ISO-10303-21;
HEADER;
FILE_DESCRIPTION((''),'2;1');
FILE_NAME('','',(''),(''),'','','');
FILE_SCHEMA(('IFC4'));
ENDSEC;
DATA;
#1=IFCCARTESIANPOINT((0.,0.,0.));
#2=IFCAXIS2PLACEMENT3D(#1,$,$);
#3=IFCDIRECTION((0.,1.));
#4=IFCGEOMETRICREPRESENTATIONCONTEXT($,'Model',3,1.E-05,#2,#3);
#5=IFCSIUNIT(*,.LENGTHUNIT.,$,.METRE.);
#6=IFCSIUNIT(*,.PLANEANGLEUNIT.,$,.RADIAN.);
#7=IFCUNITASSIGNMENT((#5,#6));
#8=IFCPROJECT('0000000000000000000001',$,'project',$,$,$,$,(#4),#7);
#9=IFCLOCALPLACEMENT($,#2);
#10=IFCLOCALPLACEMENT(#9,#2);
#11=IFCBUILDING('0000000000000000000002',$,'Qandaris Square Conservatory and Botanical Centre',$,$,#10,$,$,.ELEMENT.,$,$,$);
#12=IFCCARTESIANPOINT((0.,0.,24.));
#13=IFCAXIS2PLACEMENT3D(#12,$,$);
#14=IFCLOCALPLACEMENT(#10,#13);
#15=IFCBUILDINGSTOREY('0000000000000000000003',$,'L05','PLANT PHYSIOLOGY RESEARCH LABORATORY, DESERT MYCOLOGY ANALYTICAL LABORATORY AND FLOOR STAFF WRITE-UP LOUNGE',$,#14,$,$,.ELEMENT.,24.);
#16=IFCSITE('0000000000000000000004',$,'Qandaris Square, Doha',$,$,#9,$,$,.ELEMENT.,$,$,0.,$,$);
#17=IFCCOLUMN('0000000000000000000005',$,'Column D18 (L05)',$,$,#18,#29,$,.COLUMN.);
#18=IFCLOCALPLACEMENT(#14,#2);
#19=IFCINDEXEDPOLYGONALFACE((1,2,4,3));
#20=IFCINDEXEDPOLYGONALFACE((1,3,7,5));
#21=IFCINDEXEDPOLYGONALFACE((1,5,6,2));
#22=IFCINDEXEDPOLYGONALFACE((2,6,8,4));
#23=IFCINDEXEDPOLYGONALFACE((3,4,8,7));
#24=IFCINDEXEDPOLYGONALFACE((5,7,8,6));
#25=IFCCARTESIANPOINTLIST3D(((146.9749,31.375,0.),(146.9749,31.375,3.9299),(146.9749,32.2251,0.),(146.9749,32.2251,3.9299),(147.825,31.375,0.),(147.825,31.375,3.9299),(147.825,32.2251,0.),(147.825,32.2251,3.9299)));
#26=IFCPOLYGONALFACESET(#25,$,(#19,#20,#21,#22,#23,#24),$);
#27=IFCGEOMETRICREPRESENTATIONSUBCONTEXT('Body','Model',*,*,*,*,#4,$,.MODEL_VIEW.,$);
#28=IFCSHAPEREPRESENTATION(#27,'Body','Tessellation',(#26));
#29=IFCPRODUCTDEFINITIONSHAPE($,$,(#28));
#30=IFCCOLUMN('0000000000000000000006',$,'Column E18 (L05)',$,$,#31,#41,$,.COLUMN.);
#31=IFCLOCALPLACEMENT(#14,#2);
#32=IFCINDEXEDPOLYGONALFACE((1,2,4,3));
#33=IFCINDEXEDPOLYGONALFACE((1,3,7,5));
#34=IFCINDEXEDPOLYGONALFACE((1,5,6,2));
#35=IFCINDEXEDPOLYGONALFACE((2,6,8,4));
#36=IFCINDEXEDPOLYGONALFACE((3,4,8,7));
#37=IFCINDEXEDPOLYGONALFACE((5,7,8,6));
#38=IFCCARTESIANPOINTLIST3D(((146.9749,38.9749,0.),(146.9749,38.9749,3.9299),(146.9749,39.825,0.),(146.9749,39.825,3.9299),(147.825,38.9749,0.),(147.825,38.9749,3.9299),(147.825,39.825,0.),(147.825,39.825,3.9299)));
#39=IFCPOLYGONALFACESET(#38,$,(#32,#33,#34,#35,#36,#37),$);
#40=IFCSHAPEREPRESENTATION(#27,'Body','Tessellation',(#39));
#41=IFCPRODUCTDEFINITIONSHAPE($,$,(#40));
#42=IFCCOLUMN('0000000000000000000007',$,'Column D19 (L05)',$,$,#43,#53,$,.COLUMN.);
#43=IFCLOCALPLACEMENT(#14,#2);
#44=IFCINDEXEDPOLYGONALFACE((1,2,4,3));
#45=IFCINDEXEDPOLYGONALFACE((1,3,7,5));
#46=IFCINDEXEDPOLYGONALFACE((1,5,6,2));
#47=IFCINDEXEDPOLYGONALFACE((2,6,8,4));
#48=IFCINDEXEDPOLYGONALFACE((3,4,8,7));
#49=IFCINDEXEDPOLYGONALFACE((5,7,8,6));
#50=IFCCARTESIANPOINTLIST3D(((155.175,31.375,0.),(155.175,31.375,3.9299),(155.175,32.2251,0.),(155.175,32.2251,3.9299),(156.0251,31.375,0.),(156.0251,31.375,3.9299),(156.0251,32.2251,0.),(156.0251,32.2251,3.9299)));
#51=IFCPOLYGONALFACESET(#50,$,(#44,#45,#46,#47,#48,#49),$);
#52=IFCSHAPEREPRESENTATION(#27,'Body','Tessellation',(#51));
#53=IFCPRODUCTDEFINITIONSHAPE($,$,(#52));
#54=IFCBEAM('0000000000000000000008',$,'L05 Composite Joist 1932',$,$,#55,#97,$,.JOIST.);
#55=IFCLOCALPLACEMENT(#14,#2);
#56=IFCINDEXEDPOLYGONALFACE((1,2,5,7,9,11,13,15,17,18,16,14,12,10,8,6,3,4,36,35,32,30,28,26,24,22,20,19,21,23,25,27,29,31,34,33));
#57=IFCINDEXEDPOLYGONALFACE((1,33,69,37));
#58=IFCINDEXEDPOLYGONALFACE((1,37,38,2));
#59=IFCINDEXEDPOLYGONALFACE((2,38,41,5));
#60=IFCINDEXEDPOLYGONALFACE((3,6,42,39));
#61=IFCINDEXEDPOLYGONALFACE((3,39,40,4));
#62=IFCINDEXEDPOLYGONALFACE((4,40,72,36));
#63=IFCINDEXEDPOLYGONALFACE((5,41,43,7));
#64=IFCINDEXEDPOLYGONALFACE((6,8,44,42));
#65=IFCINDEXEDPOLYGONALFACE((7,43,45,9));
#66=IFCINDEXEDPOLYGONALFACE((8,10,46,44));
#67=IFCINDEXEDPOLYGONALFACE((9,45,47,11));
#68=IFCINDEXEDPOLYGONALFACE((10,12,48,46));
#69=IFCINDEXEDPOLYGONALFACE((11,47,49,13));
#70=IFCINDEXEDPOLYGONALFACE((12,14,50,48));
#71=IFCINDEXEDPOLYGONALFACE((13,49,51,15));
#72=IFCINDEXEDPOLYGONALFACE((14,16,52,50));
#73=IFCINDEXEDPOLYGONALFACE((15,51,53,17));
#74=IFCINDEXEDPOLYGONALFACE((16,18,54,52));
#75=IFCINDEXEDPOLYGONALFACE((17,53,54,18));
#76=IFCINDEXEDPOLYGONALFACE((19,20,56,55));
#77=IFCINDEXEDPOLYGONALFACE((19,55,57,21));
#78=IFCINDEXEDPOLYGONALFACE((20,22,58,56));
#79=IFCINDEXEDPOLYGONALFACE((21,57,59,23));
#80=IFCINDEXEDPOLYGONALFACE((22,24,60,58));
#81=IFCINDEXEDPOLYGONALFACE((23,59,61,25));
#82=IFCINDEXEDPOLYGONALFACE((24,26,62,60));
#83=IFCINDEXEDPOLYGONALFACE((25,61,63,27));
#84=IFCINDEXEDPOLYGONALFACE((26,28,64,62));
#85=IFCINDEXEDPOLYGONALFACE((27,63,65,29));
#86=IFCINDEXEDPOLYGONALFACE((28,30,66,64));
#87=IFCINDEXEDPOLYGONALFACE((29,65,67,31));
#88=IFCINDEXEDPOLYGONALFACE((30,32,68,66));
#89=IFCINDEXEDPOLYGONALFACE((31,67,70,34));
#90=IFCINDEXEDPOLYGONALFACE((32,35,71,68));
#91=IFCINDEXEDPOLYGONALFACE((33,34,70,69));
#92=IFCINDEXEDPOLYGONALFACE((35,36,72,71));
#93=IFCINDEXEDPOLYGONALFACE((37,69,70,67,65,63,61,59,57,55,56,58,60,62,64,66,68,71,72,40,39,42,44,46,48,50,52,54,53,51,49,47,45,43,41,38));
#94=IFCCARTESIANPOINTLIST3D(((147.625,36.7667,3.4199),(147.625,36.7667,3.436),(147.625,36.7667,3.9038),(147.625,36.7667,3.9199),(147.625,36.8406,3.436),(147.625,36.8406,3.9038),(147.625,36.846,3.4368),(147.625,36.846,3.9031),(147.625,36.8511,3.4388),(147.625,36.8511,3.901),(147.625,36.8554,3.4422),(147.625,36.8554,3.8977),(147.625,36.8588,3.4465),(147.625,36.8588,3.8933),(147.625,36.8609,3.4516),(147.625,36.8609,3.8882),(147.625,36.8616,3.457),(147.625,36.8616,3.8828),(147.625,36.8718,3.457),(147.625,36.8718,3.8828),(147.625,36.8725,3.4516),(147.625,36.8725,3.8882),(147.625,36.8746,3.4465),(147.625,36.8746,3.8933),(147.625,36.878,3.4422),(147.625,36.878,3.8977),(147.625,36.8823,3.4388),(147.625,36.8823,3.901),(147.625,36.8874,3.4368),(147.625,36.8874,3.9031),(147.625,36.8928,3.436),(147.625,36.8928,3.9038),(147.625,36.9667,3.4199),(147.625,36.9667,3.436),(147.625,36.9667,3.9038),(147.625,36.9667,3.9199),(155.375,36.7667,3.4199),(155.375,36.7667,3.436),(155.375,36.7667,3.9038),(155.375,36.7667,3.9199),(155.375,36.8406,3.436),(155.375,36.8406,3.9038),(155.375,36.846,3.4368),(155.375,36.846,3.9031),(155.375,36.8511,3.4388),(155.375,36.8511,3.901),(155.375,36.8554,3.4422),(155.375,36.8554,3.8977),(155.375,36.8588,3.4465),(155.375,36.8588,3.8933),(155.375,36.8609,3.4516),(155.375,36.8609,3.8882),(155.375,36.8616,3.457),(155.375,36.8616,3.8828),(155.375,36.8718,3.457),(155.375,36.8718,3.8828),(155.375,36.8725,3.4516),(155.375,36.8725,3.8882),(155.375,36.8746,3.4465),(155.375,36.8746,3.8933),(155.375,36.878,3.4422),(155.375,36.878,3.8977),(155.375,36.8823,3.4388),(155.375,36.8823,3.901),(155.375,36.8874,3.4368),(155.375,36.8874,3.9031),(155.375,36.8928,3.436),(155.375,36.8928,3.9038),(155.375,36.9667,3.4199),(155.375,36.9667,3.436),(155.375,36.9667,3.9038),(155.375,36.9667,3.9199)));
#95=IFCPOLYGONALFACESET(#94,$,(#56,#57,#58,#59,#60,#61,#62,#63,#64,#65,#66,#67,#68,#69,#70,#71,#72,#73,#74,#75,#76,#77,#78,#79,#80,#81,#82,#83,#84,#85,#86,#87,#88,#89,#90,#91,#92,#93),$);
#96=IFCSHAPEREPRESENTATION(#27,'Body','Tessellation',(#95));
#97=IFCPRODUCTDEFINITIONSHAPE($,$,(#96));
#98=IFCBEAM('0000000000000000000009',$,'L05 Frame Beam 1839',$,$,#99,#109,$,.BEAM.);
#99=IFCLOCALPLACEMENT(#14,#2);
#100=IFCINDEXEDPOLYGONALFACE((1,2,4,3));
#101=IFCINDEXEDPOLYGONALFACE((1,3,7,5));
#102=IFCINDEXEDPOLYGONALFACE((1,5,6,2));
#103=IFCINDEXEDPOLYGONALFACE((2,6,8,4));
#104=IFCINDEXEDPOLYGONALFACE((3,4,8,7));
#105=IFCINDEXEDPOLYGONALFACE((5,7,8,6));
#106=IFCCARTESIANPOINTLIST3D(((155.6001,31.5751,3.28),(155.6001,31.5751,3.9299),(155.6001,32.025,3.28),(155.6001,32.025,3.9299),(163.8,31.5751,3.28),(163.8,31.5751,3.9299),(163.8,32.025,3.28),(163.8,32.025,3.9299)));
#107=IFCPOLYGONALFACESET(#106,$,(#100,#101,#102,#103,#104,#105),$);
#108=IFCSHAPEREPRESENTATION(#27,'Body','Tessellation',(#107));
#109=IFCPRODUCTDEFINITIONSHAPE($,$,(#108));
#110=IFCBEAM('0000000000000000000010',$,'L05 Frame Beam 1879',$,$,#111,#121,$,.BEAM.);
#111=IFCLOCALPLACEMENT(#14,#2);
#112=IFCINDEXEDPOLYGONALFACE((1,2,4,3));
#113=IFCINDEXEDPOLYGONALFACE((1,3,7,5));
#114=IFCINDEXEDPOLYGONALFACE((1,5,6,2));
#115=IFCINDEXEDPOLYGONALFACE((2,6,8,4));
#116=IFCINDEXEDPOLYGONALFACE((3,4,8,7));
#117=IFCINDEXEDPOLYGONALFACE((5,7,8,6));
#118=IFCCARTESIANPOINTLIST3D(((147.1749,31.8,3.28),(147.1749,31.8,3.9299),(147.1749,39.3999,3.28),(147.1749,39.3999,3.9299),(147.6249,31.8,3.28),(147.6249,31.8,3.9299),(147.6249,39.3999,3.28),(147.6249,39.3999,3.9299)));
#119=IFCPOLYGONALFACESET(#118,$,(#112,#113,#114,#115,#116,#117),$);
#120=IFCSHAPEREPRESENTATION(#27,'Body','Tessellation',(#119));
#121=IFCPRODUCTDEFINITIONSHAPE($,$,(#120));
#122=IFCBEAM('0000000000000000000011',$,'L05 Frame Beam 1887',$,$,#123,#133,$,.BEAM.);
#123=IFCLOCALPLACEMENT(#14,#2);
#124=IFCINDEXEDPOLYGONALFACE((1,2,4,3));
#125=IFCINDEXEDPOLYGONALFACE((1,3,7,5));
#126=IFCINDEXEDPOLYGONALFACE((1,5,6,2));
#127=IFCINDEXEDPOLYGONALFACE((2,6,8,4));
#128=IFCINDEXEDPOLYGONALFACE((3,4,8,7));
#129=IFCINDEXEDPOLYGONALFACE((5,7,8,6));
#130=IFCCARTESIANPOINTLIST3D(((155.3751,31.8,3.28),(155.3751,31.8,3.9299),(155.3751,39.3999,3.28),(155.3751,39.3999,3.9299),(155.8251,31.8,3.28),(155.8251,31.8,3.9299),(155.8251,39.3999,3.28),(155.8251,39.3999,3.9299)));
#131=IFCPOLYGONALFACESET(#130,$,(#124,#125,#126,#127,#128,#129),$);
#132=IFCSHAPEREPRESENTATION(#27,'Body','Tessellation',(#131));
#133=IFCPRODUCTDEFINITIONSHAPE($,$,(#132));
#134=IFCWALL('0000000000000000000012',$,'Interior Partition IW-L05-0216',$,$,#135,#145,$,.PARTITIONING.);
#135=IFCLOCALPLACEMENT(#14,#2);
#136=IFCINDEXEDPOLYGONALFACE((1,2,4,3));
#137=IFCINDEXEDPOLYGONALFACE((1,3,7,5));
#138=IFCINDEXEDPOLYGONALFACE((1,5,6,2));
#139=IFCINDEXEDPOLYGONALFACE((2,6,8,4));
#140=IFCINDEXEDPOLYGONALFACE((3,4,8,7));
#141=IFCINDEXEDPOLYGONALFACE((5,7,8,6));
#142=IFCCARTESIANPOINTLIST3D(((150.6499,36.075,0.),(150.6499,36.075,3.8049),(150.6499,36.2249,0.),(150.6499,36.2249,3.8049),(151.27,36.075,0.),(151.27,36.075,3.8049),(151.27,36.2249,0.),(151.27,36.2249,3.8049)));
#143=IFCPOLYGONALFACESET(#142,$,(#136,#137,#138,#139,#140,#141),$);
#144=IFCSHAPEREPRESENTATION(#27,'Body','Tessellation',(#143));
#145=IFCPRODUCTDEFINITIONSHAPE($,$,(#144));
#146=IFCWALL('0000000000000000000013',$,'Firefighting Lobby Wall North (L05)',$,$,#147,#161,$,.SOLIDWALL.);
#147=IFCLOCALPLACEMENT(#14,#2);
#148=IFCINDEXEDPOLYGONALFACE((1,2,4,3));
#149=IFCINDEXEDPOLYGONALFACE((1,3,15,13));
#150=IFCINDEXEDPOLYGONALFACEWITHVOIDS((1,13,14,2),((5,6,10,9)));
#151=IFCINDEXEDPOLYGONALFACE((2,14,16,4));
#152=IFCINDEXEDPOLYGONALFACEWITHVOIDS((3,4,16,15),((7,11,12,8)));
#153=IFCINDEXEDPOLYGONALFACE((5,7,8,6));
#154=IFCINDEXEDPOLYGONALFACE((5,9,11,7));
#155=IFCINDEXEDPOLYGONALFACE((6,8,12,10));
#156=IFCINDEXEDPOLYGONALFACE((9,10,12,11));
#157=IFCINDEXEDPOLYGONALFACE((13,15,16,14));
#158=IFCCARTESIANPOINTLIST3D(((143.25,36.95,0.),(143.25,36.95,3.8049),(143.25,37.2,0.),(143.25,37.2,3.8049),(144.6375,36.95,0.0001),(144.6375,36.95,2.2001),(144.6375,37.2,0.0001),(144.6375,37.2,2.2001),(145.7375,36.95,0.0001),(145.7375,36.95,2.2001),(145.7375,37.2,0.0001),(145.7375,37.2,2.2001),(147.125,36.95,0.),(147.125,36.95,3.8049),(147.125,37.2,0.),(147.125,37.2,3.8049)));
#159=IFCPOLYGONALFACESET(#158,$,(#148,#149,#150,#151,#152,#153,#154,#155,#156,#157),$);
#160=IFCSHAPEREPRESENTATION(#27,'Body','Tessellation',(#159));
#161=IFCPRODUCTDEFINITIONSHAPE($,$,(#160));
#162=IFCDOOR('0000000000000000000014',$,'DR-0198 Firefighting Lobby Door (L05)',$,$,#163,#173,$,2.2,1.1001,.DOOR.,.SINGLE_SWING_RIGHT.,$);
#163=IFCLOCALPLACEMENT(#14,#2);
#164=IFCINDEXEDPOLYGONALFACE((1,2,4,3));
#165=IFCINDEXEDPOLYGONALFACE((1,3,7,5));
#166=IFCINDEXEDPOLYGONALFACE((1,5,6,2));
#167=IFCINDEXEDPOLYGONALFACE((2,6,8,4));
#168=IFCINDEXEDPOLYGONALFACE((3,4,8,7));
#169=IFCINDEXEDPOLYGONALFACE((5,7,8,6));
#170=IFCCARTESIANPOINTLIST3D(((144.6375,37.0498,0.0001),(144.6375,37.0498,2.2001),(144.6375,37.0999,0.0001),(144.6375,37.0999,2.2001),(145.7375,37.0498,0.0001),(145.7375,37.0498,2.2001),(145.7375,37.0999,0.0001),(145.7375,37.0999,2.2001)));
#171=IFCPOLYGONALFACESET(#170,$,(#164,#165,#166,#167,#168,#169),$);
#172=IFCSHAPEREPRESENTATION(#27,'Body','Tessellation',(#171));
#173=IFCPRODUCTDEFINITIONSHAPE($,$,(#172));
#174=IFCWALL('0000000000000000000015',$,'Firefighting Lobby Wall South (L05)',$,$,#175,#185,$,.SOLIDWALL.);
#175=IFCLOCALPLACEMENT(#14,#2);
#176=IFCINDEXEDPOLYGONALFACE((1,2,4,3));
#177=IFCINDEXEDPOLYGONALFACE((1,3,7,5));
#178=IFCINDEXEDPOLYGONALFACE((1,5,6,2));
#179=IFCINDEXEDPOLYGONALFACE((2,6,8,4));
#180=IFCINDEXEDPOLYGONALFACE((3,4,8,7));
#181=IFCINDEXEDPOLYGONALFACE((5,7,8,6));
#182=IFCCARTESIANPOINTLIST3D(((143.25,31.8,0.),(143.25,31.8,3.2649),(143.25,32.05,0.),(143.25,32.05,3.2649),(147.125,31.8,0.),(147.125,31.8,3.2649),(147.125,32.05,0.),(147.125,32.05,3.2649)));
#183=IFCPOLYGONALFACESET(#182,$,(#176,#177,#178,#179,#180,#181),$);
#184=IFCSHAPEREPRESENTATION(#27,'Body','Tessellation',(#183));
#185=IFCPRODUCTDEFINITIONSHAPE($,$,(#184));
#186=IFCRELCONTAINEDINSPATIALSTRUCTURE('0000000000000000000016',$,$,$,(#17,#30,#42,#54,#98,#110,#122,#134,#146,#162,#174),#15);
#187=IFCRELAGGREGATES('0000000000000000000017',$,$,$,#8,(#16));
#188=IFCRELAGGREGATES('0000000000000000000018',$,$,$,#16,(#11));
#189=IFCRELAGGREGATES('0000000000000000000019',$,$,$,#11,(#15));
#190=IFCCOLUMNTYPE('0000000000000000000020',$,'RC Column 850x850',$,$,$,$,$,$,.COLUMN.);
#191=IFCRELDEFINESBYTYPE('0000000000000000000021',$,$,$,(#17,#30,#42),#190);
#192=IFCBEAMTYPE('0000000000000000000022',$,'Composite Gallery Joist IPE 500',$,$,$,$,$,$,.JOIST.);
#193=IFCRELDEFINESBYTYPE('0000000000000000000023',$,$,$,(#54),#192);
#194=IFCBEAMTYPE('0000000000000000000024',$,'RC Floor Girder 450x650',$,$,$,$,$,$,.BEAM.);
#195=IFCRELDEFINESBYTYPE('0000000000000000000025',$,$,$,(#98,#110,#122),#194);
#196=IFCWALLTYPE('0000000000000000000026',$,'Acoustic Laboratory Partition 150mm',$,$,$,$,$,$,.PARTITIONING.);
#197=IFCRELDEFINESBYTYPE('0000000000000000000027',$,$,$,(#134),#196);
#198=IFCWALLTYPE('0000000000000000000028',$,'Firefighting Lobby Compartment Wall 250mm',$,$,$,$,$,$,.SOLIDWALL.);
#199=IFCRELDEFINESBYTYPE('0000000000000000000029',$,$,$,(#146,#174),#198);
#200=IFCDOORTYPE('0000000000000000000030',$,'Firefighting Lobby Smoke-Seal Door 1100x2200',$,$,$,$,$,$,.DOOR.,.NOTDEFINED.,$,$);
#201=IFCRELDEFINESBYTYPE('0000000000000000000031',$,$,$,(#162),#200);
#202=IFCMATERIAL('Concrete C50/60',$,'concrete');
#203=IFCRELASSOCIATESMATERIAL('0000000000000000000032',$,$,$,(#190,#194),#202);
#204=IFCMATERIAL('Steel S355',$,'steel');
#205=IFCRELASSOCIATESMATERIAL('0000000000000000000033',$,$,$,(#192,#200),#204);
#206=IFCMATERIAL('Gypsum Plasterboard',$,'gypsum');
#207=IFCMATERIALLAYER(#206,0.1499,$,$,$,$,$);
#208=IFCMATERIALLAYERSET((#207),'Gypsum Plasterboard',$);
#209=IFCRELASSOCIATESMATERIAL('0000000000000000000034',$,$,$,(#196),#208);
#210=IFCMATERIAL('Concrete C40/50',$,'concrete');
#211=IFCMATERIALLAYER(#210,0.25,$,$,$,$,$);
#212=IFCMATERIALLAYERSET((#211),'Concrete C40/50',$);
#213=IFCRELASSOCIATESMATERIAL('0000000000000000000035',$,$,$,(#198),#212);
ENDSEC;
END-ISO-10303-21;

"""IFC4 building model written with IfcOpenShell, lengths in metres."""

from ifc_helpers import new_model, si_unit, direction, frame, frame_2d, origin, origin_2d, place, context, subcontext, project, spatial, rectangle, i_section, extrude, material, layer, layer_set, material_profile, profile_set, type_object, element, fill, save


model = new_model("IFC4")

# Units and contexts
model_context = context("Model", 3, precision=1e-05, world=origin(), true_north=direction((0.0, 1.0)))
body_context = subcontext(model_context, "Body", "Model", "MODEL_VIEW")
ifc_project = project(units=[si_unit("LENGTHUNIT", "METRE"), si_unit("PLANEANGLEUNIT", "RADIAN")], contexts=[model_context])

# Site, building, storey
site_placement = place(None, origin())
site = spatial("IfcSite", under=ifc_project, at=site_placement, Name="Qandaris Square, Doha", CompositionType="ELEMENT", RefElevation=0.0)
building_placement = place(site_placement, origin())
building = spatial("IfcBuilding", under=site, at=building_placement, Name="Qandaris Square Conservatory and Botanical Centre", CompositionType="ELEMENT")
storey_placement = place(building_placement, frame((0.0, 0.0, 24.0)))
storey = spatial("IfcBuildingStorey", under=building, at=storey_placement, Name="L05", Description="PLANT PHYSIOLOGY RESEARCH LABORATORY, DESERT MYCOLOGY ANALYTICAL LABORATORY AND FLOOR STAFF WRITE-UP LOUNGE", CompositionType="ELEMENT", Elevation=24.0)

# Columns
ifc_material_1 = material(Name="Concrete C50/60", Category="concrete")
ifc_material_profile_1 = material_profile(ifc_material_1, rectangle(XDim=0.8501, YDim=0.8501, at=origin_2d()), Name="RC-COL 850x850")
ifc_profile_set_1 = profile_set([ifc_material_profile_1], Name="Concrete C50/60")
column_type = type_object("IfcColumnType", Name="RC Column 850x850", PredefinedType="COLUMN", material=ifc_profile_set_1)
for number, where, z_axis, x_axis, name in (
    (1, (147.3999, 31.8, 0.0), (0.0, 0.0, 1.0), (1.0, 0.0, 0.0), "Column D18 (L05)"),
    (2, (147.3999, 39.3999, 0.0), (0.0, 0.0, 1.0), (1.0, 0.0, 0.0), "Column E18 (L05)"),
    (3, (155.6001, 31.8, 0.0), (0.0, 0.0, 1.0), (1.0, 0.0, 0.0), "Column D19 (L05)"),
):
    element("IfcColumn", number, at=place(storey_placement, frame(where, z_axis=z_axis, x_axis=x_axis)), inside=storey, type_object=column_type, Name=name, PredefinedType="COLUMN", context=body_context, shape_type="SweptSolid", body=[
        extrude(rectangle(XDim=0.8501, YDim=0.8501, at=origin_2d()), origin(), (0.0, 0.0, 1.0), 3.9299),
    ])

# Beams
ifc_material_2 = material(Name="Steel S355", Category="steel")
ifc_material_profile_2 = material_profile(ifc_material_2, i_section(OverallWidth=0.2, OverallDepth=0.5, WebThickness=0.0103, FlangeThickness=0.0161, FilletRadius=0.021, at=origin_2d()), Name="IPE 500")
ifc_profile_set_2 = profile_set([ifc_material_profile_2], Name="Steel S355")
beam_type_1 = type_object("IfcBeamType", Name="Composite Gallery Joist IPE 500", PredefinedType="JOIST", material=ifc_profile_set_2)
beam_1_placement = place(storey_placement, frame((147.625, 36.8667, 3.6699), z_axis=(1.0, 0.0, 0.0), x_axis=(0.0, 1.0, 0.0)))
element("IfcBeam", 4, at=beam_1_placement, inside=storey, type_object=beam_type_1, Name="L05 Composite Joist 1932", PredefinedType="JOIST", context=body_context, shape_type="SweptSolid", body=[
    extrude(i_section(OverallWidth=0.2, OverallDepth=0.5, WebThickness=0.0103, FlangeThickness=0.0161, FilletRadius=0.021, at=origin_2d()), origin(), (0.0, 0.0, 1.0), 7.75),
])
ifc_material_profile_3 = material_profile(ifc_material_1, rectangle(XDim=0.45, YDim=0.6499, at=origin_2d()), Name="RC-BM 450x650")
ifc_profile_set_3 = profile_set([ifc_material_profile_3], Name="Concrete C50/60")
beam_type_2 = type_object("IfcBeamType", Name="RC Floor Girder 450x650", PredefinedType="BEAM", material=ifc_profile_set_3)
beam_2_placement = place(storey_placement, frame((155.6001, 31.8, 3.605), z_axis=(1.0, 0.0, 0.0), x_axis=(0.0, 1.0, 0.0)))
element("IfcBeam", 5, at=beam_2_placement, inside=storey, type_object=beam_type_2, Name="L05 Frame Beam 1839", PredefinedType="BEAM", context=body_context, shape_type="SweptSolid", body=[
    extrude(rectangle(XDim=0.45, YDim=0.6499, at=origin_2d()), origin(), (0.0, 0.0, 1.0), 8.2),
])
for number, where, z_axis, x_axis, name in (
    (6, (147.3999, 31.8, 3.605), (0.0, 1.0, 0.0), (-1.0, 0.0, 0.0), "L05 Frame Beam 1879"),
    (7, (155.6001, 31.8, 3.605), (0.0, 1.0, 0.0), (-1.0, 0.0, 0.0), "L05 Frame Beam 1887"),
):
    element("IfcBeam", number, at=place(storey_placement, frame(where, z_axis=z_axis, x_axis=x_axis)), inside=storey, type_object=beam_type_2, Name=name, PredefinedType="BEAM", context=body_context, shape_type="SweptSolid", body=[
        extrude(rectangle(XDim=0.45, YDim=0.6499, at=origin_2d()), origin(), (0.0, 0.0, 1.0), 7.5999),
    ])

# Wall
ifc_material_3 = material(Name="Gypsum Plasterboard", Category="gypsum")
ifc_layer_1 = layer(ifc_material_3, 0.1499)
ifc_layer_set_1 = layer_set([ifc_layer_1], Name="Gypsum Plasterboard")
wall_type_1 = type_object("IfcWallType", Name="Acoustic Laboratory Partition 150mm", PredefinedType="PARTITIONING", material=ifc_layer_set_1)
wall_1_placement = place(storey_placement, frame((150.6499, 36.1499, 0.0), z_axis=(0.0, 0.0, 1.0), x_axis=(1.0, 0.0, 0.0)))
element("IfcWall", 8, at=wall_1_placement, inside=storey, type_object=wall_type_1, Name="Interior Partition IW-L05-0216", PredefinedType="PARTITIONING", context=body_context, shape_type="SweptSolid", body=[
    extrude(rectangle(XDim=0.6201, YDim=0.1499, at=frame_2d((0.3101, 0.0))), origin(), (0.0, 0.0, 1.0), 3.8049),
])

# Wall, opening, door
ifc_material_4 = material(Name="Concrete C40/50", Category="concrete")
ifc_layer_2 = layer(ifc_material_4, 0.25)
ifc_layer_set_2 = layer_set([ifc_layer_2], Name="Concrete C40/50")
wall_type_2 = type_object("IfcWallType", Name="Firefighting Lobby Compartment Wall 250mm", PredefinedType="SOLIDWALL", material=ifc_layer_set_2)
wall_2_placement = place(storey_placement, frame((143.25, 37.075, 0.0), z_axis=(0.0, 0.0, 1.0), x_axis=(1.0, 0.0, 0.0)))
wall_2 = element("IfcWall", 9, at=wall_2_placement, inside=storey, type_object=wall_type_2, Name="Firefighting Lobby Wall North (L05)", PredefinedType="SOLIDWALL", context=body_context, shape_type="SweptSolid", body=[
    extrude(rectangle(XDim=3.875, YDim=0.25, at=frame_2d((1.9375, 0.0))), origin(), (0.0, 0.0, 1.0), 3.8049),
])
opening_1_placement = place(wall_2_placement, frame((1.3875, 0.0, 0.0)))
opening_1 = element("IfcOpeningElement", 10, at=opening_1_placement, cuts=wall_2, PredefinedType="OPENING", context=body_context, shape_type="SweptSolid", body=[
    extrude(rectangle(XDim=1.1001, YDim=2.2, at=frame_2d((0.55, 1.1001))), frame((0.0, 0.137, 0.0), z_axis=(0.0, -1.0, 0.0), x_axis=(1.0, 0.0, 0.0)), (0.0, 0.0, 1.0), 0.2739),
])
door_type_1 = type_object("IfcDoorType", Name="Firefighting Lobby Smoke-Seal Door 1100x2200", OperationType="NOTDEFINED", PredefinedType="DOOR", material=ifc_material_2)
door_1_placement = place(opening_1_placement, origin())
door_1 = element("IfcDoor", 11, at=door_1_placement, inside=storey, type_object=door_type_1, Name="DR-0198 Firefighting Lobby Door (L05)", OperationType="SINGLE_SWING_RIGHT", OverallHeight=2.2, OverallWidth=1.1001, PredefinedType="DOOR", context=body_context, shape_type="SweptSolid", body=[
    extrude(rectangle(XDim=1.1001, YDim=2.2, at=frame_2d((0.55, 1.1001))), frame((0.0, 0.0249, 0.0), z_axis=(0.0, -1.0, 0.0), x_axis=(1.0, 0.0, 0.0)), (0.0, 0.0, 1.0), 0.05),
])
fill(opening_1, door_1)

# Wall
wall_3_placement = place(storey_placement, frame((143.25, 31.925, 0.0), z_axis=(0.0, 0.0, 1.0), x_axis=(1.0, 0.0, 0.0)))
element("IfcWall", 12, at=wall_3_placement, inside=storey, type_object=wall_type_2, Name="Firefighting Lobby Wall South (L05)", PredefinedType="SOLIDWALL", context=body_context, shape_type="SweptSolid", body=[
    extrude(rectangle(XDim=3.875, YDim=0.25, at=frame_2d((1.9375, 0.0))), origin(), (0.0, 0.0, 1.0), 3.2649),
])

save(model, "model.ifc")
